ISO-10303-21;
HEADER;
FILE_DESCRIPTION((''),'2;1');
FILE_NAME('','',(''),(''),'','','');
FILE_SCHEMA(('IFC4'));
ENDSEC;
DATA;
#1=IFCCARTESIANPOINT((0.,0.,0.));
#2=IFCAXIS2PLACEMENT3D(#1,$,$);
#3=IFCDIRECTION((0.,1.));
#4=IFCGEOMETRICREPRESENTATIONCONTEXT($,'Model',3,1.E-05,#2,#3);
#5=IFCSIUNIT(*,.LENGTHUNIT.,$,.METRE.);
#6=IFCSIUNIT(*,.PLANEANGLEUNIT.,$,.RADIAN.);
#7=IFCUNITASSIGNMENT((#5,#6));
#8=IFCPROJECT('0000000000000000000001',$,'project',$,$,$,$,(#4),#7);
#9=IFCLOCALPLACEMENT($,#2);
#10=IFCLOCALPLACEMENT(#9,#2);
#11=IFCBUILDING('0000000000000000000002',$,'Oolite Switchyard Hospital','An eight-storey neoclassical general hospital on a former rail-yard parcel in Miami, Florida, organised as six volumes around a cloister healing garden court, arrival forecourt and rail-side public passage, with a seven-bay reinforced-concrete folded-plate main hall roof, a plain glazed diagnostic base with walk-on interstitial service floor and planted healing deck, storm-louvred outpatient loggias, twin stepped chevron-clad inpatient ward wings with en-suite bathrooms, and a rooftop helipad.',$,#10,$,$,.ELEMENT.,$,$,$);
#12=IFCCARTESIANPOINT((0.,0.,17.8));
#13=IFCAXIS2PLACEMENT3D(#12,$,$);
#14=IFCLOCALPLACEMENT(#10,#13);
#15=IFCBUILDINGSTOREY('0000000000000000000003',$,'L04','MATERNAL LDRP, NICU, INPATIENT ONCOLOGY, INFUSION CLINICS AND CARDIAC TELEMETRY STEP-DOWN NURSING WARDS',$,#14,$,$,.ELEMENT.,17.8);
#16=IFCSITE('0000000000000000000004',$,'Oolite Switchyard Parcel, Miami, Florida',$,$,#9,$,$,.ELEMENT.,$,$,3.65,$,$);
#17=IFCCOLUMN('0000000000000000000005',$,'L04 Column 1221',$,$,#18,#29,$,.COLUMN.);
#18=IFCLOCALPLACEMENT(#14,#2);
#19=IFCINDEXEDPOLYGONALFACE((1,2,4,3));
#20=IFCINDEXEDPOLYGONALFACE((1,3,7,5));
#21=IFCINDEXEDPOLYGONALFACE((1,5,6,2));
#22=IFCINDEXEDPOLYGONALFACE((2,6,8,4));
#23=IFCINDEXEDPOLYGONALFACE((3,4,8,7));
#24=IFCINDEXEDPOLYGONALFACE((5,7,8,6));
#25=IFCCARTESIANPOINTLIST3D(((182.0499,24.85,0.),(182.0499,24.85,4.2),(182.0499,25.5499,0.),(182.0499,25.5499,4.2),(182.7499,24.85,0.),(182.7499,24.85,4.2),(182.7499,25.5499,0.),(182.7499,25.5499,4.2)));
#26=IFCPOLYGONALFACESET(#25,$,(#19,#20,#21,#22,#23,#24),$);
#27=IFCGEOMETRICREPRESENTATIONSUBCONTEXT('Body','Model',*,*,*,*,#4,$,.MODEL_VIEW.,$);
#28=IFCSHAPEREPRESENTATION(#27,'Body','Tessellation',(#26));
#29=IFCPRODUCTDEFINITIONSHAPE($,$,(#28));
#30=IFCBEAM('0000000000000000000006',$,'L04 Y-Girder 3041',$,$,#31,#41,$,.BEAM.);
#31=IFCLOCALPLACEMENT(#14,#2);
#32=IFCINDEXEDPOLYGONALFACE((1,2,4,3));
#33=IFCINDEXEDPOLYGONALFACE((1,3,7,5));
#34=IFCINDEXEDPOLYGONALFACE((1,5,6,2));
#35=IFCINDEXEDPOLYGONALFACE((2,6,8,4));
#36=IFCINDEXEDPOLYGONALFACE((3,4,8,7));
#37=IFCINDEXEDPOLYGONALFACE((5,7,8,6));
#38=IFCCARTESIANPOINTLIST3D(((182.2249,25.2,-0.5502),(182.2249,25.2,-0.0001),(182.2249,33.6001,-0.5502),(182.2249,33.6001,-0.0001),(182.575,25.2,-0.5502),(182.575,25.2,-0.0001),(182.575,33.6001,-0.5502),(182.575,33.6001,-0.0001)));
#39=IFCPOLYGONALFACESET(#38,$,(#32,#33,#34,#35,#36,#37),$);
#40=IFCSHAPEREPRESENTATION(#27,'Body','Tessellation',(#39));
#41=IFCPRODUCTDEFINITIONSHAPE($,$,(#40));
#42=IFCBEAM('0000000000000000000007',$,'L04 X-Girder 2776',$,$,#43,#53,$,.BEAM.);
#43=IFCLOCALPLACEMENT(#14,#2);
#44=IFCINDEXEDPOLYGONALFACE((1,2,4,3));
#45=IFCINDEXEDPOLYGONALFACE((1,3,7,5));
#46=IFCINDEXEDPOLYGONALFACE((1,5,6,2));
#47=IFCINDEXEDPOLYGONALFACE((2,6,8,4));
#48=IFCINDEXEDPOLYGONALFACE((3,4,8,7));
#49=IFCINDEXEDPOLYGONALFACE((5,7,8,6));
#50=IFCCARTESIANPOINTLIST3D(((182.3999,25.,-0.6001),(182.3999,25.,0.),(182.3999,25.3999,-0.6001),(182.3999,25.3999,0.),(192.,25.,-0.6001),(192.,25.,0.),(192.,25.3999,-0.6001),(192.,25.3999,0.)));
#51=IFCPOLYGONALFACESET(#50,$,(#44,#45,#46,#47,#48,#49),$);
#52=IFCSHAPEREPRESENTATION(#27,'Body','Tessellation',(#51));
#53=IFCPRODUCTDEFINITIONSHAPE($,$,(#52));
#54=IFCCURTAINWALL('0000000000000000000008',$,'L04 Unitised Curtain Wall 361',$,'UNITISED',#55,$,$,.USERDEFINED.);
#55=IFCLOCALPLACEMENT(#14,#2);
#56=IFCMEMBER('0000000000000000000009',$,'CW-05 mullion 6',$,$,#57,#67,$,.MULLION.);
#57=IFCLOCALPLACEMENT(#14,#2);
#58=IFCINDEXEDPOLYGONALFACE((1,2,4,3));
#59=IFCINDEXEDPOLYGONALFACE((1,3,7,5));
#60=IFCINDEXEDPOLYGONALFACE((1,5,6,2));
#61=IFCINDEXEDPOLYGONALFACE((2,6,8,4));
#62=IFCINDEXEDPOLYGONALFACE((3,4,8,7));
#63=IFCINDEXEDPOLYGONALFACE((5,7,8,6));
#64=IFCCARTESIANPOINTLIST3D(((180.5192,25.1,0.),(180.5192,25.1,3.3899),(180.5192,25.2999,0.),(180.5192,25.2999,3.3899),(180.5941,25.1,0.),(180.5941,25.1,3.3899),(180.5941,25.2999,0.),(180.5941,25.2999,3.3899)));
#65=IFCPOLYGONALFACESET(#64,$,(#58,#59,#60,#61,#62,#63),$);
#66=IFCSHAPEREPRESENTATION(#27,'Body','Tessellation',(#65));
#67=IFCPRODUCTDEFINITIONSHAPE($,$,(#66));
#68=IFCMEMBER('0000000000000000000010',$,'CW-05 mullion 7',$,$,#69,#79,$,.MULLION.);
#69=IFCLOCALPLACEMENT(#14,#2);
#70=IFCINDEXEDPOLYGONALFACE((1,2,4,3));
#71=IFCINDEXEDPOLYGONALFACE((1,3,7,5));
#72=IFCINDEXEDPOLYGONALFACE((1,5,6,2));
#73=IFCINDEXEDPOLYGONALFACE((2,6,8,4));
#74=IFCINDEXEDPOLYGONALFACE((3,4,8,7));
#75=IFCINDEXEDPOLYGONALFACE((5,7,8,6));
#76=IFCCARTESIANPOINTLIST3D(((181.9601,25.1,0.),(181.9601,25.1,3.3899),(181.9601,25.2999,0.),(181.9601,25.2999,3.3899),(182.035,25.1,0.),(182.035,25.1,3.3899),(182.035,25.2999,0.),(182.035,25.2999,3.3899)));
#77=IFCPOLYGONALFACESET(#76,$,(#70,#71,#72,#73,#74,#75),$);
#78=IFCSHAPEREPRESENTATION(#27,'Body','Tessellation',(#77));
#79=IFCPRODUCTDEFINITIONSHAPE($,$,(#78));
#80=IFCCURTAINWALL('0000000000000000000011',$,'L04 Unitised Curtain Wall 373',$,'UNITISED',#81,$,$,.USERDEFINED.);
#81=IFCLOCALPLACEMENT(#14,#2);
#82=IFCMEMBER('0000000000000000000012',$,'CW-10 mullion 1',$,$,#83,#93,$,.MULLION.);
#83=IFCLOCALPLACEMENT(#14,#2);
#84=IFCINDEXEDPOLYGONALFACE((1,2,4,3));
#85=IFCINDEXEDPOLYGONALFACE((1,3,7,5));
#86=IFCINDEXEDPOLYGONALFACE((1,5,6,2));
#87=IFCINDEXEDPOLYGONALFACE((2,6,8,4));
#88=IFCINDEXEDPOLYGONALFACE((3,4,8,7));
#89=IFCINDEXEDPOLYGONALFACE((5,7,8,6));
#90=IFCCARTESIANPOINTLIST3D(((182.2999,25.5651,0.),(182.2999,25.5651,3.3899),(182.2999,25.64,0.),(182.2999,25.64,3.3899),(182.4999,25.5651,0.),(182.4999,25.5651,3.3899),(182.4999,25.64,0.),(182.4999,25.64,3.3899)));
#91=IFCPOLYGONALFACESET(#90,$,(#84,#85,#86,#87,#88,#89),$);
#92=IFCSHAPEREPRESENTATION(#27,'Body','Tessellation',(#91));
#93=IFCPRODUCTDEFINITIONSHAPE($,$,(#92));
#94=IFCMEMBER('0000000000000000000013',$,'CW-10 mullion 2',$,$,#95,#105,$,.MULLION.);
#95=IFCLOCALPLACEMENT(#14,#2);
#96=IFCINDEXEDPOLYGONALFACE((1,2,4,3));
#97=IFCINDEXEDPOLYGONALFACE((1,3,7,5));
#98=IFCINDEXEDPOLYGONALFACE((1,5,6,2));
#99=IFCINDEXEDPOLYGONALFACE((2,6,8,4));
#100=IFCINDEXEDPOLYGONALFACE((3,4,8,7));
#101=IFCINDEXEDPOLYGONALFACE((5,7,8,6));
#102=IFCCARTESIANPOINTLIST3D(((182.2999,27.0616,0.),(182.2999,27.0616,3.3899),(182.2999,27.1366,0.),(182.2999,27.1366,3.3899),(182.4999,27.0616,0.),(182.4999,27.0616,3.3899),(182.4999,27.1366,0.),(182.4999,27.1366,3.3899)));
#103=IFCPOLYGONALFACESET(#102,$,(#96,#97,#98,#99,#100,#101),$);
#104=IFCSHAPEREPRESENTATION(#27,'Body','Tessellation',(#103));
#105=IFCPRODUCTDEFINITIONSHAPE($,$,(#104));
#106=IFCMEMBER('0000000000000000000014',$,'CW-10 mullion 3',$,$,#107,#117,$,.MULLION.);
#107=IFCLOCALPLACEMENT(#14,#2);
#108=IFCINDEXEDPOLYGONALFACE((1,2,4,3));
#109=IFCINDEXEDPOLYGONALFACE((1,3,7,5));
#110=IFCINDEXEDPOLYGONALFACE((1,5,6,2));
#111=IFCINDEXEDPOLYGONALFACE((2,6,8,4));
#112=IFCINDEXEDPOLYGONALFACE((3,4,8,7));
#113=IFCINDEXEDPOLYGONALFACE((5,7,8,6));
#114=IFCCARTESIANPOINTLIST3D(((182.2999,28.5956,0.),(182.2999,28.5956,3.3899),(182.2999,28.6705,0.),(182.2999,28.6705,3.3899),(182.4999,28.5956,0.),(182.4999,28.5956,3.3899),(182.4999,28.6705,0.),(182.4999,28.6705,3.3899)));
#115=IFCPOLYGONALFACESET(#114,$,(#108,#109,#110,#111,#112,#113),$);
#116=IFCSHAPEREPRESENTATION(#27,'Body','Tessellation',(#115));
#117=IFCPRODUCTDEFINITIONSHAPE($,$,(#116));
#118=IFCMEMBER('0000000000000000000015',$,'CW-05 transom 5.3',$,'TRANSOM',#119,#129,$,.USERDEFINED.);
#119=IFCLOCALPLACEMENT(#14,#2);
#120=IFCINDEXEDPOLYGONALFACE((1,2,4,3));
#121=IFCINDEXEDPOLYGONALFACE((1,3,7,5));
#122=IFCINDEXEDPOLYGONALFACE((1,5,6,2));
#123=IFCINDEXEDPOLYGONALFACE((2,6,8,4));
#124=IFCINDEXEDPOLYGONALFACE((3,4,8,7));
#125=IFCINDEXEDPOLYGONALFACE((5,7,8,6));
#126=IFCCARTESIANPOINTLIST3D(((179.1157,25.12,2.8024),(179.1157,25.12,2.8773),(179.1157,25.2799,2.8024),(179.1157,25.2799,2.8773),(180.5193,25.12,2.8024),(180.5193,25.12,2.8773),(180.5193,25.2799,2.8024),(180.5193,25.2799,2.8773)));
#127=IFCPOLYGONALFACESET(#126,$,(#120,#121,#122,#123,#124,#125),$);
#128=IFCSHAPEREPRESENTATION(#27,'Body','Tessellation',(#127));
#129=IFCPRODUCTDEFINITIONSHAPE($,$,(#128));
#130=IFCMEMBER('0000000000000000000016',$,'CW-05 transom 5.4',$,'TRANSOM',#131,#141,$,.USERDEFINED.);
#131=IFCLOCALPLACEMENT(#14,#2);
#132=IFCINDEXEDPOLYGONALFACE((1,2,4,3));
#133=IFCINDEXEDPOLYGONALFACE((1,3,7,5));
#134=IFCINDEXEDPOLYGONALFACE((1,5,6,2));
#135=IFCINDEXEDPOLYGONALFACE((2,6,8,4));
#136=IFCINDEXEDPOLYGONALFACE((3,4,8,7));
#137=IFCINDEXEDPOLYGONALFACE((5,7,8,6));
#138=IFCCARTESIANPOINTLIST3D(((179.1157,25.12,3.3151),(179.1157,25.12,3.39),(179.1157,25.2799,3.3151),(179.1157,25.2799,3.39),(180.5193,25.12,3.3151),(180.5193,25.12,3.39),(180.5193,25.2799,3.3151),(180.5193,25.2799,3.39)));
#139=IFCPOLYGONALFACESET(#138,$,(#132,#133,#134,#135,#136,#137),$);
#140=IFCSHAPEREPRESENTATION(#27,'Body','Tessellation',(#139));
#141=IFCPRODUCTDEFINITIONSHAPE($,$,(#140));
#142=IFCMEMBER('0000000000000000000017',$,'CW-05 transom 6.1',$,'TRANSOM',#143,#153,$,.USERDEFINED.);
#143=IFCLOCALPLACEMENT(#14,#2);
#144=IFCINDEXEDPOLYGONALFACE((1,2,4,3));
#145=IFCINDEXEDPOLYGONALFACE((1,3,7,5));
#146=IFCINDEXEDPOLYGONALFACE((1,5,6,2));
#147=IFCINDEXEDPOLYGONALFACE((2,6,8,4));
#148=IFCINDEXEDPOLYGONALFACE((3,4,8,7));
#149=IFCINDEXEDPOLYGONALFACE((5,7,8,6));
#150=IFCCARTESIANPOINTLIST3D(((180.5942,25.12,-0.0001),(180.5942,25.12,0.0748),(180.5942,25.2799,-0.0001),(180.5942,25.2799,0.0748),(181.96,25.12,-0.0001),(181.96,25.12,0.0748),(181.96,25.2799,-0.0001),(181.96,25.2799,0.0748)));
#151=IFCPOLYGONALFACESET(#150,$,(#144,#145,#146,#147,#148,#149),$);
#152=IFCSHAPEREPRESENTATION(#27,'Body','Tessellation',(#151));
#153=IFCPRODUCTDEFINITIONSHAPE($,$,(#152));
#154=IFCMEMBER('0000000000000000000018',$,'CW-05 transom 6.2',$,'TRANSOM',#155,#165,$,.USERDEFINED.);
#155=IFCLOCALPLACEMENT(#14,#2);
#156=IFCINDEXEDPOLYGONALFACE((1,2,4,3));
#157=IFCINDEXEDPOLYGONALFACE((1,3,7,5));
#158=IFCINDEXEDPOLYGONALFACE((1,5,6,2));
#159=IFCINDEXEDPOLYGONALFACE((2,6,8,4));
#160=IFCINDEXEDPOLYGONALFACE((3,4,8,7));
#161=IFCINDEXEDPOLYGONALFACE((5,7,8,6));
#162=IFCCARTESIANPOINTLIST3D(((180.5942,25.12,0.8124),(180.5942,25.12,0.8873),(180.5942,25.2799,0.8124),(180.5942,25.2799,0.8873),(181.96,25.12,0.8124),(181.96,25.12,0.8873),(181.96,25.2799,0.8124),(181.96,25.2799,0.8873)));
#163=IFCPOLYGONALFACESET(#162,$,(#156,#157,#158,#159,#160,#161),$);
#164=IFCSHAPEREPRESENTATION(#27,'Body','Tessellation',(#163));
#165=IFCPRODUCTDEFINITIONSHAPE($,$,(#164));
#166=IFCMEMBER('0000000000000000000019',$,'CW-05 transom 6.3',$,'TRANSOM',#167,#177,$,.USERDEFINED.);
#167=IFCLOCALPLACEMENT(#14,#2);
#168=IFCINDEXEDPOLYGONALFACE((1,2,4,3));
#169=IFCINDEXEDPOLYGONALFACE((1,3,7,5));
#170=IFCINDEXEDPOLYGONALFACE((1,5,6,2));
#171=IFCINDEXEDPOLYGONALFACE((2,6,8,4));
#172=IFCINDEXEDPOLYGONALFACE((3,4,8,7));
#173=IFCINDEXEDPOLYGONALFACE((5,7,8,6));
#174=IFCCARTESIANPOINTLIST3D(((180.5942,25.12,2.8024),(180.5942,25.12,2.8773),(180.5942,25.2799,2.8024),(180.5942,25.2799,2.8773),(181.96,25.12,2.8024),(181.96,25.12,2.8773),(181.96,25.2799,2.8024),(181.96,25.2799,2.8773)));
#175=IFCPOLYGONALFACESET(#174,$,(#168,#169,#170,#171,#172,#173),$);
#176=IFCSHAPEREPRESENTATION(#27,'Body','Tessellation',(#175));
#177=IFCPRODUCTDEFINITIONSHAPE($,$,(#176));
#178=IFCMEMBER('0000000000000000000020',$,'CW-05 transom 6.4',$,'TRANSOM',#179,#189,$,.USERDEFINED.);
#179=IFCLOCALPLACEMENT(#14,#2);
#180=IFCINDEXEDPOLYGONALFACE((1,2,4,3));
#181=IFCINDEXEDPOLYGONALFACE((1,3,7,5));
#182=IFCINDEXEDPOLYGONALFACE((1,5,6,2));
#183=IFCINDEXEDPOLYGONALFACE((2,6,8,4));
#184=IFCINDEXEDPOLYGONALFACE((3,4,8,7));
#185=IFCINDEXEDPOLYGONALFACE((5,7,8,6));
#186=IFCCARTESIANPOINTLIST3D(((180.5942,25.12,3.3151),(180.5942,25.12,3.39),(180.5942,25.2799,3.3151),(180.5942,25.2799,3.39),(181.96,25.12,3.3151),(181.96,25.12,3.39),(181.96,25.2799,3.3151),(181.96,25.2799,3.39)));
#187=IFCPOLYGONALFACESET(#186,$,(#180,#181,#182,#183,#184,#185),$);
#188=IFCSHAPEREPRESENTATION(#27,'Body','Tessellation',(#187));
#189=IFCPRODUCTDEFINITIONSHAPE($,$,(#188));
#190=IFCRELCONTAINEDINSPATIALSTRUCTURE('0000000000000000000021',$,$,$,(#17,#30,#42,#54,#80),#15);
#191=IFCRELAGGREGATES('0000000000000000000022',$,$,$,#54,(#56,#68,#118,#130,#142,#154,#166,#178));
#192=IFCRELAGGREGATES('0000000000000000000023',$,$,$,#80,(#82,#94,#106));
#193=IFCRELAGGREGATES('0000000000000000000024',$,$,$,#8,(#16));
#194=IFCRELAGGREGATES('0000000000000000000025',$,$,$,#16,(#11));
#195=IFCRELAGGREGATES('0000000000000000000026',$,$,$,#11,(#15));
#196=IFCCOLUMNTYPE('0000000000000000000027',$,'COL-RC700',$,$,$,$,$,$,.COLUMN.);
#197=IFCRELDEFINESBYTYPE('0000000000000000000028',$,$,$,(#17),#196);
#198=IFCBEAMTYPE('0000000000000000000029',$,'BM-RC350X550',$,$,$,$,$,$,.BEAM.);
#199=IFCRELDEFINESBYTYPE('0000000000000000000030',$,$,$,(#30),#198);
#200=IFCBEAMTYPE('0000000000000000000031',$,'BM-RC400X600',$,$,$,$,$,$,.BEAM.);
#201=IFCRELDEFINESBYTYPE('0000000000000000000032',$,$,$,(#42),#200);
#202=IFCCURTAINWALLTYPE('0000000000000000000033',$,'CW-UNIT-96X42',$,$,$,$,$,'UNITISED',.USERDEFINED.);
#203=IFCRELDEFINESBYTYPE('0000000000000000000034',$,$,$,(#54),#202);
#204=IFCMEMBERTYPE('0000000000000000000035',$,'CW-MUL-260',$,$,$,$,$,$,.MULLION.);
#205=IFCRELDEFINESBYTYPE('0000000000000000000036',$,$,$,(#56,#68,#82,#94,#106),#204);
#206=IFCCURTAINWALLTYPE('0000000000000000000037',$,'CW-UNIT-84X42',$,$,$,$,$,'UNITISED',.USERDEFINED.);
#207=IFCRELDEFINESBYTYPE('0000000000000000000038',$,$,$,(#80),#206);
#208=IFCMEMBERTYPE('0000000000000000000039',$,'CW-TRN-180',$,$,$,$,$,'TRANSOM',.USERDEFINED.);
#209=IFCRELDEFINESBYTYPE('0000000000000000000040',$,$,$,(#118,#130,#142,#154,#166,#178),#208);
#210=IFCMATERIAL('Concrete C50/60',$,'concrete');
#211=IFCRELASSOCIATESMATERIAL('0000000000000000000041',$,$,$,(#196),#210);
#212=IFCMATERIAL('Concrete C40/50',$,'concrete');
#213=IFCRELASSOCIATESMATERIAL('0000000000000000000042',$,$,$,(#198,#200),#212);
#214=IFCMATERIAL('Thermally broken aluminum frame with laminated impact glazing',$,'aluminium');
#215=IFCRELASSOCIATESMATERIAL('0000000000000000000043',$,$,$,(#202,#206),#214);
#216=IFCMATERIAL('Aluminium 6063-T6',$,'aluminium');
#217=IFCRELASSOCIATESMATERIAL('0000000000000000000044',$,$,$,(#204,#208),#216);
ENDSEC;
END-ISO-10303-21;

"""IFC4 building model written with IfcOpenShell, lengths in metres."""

from ifc_helpers import new_model, si_unit, direction, frame, origin, origin_2d, place, context, subcontext, project, spatial, rectangle, extrude, material, material_profile, profile_set, type_object, element, aggregate, save


model = new_model("IFC4")

# Units and contexts
model_context = context("Model", 3, precision=1e-05, world=origin(), true_north=direction((0.0, 1.0)))
body_context = subcontext(model_context, "Body", "Model", "MODEL_VIEW")
ifc_project = project(units=[si_unit("LENGTHUNIT", "METRE"), si_unit("PLANEANGLEUNIT", "RADIAN")], contexts=[model_context])

# Site, building, storey
site_placement = place(None, origin())
site = spatial("IfcSite", under=ifc_project, at=site_placement, Name="Oolite Switchyard Parcel, Miami, Florida", CompositionType="ELEMENT", RefElevation=3.65)
building_placement = place(site_placement, origin())
building = spatial("IfcBuilding", under=site, at=building_placement, Name="Oolite Switchyard Hospital", Description="An eight-storey neoclassical general hospital on a former rail-yard parcel in Miami, Florida, organised as six volumes around a cloister healing garden court, arrival forecourt and rail-side public passage, with a seven-bay reinforced-concrete folded-plate main hall roof, a plain glazed diagnostic base with walk-on interstitial service floor and planted healing deck, storm-louvred outpatient loggias, twin stepped chevron-clad inpatient ward wings with en-suite bathrooms, and a rooftop helipad.", CompositionType="ELEMENT")
storey_placement = place(building_placement, frame((0.0, 0.0, 17.8)))
storey = spatial("IfcBuildingStorey", under=building, at=storey_placement, Name="L04", Description="MATERNAL LDRP, NICU, INPATIENT ONCOLOGY, INFUSION CLINICS AND CARDIAC TELEMETRY STEP-DOWN NURSING WARDS", CompositionType="ELEMENT", Elevation=17.8)

# Column
ifc_material_1 = material(Name="Concrete C50/60", Category="concrete")
ifc_material_profile_1 = material_profile(ifc_material_1, rectangle(XDim=0.7, YDim=0.7, at=origin_2d()), Name="RC700X700")
ifc_profile_set_1 = profile_set([ifc_material_profile_1], Name="Concrete C50/60")
column_type = type_object("IfcColumnType", Name="COL-RC700", PredefinedType="COLUMN", material=ifc_profile_set_1)
column_placement = place(storey_placement, frame((182.3999, 25.2, 0.0), z_axis=(0.0, 0.0, 1.0), x_axis=(1.0, 0.0, 0.0)))
element("IfcColumn", 1, at=column_placement, inside=storey, type_object=column_type, Name="L04 Column 1221", PredefinedType="COLUMN", context=body_context, shape_type="SweptSolid", body=[
    extrude(rectangle(XDim=0.7, YDim=0.7, at=origin_2d()), origin(), (0.0, 0.0, 1.0), 4.2),
])

# Beams
ifc_material_2 = material(Name="Concrete C40/50", Category="concrete")
ifc_material_profile_2 = material_profile(ifc_material_2, rectangle(XDim=0.3501, YDim=0.55, at=origin_2d()), Name="RCB350X550")
ifc_profile_set_2 = profile_set([ifc_material_profile_2], Name="Concrete C40/50")
beam_type_1 = type_object("IfcBeamType", Name="BM-RC350X550", PredefinedType="BEAM", material=ifc_profile_set_2)
beam_1_placement = place(storey_placement, frame((182.3999, 25.2, -0.2751), z_axis=(0.0, 1.0, 0.0), x_axis=(-1.0, 0.0, 0.0)))
element("IfcBeam", 2, at=beam_1_placement, inside=storey, type_object=beam_type_1, Name="L04 Y-Girder 3041", PredefinedType="BEAM", context=body_context, shape_type="SweptSolid", body=[
    extrude(rectangle(XDim=0.3501, YDim=0.55, at=origin_2d()), origin(), (0.0, 0.0, 1.0), 8.4001),
])
ifc_material_profile_3 = material_profile(ifc_material_2, rectangle(XDim=0.3999, YDim=0.6001, at=origin_2d()), Name="RCB400X600")
ifc_profile_set_3 = profile_set([ifc_material_profile_3], Name="Concrete C40/50")
beam_type_2 = type_object("IfcBeamType", Name="BM-RC400X600", PredefinedType="BEAM", material=ifc_profile_set_3)
beam_2_placement = place(storey_placement, frame((182.3999, 25.2, -0.3), z_axis=(1.0, 0.0, 0.0), x_axis=(0.0, 1.0, 0.0)))
element("IfcBeam", 3, at=beam_2_placement, inside=storey, type_object=beam_type_2, Name="L04 X-Girder 2776", PredefinedType="BEAM", context=body_context, shape_type="SweptSolid", body=[
    extrude(rectangle(XDim=0.3999, YDim=0.6001, at=origin_2d()), origin(), (0.0, 0.0, 1.0), 9.6001),
])

# Curtain walls, members
ifc_material_3 = material(Name="Thermally broken aluminum frame with laminated impact glazing", Category="aluminium")
curtain_wall_type_1 = type_object("IfcCurtainWallType", Name="CW-UNIT-96X42", ElementType="UNITISED", PredefinedType="USERDEFINED", material=ifc_material_3)
curtain_wall_1_placement = place(storey_placement, origin())
curtain_wall_1 = element("IfcCurtainWall", 4, at=curtain_wall_1_placement, inside=storey, type_object=curtain_wall_type_1, Name="L04 Unitised Curtain Wall 361", ObjectType="UNITISED", PredefinedType="USERDEFINED")
ifc_material_4 = material(Name="Aluminium 6063-T6", Category="aluminium")
ifc_material_profile_4 = material_profile(ifc_material_4, rectangle(XDim=0.2, YDim=0.075, at=origin_2d()), Name="CWM75X200")
ifc_profile_set_4 = profile_set([ifc_material_profile_4], Name="Aluminium 6063-T6")
member_type_1 = type_object("IfcMemberType", Name="CW-MUL-260", PredefinedType="MULLION", material=ifc_profile_set_4)
member_1_placement = place(storey_placement, frame((180.5566, 25.2, 0.0), z_axis=(0.0, 0.0, 1.0), x_axis=(0.0, 1.0, 0.0)))
member_1 = element("IfcMember", 5, at=member_1_placement, type_object=member_type_1, Name="CW-05 mullion 6", PredefinedType="MULLION", context=body_context, shape_type="SweptSolid", body=[
    extrude(rectangle(XDim=0.2, YDim=0.075, at=origin_2d()), origin(), (0.0, 0.0, 1.0), 3.3899),
])
member_2_placement = place(storey_placement, frame((181.9976, 25.2, 0.0), z_axis=(0.0, 0.0, 1.0), x_axis=(0.0, 1.0, 0.0)))
member_2 = element("IfcMember", 6, at=member_2_placement, type_object=member_type_1, Name="CW-05 mullion 7", PredefinedType="MULLION", context=body_context, shape_type="SweptSolid", body=[
    extrude(rectangle(XDim=0.2, YDim=0.075, at=origin_2d()), origin(), (0.0, 0.0, 1.0), 3.3899),
])
curtain_wall_type_2 = type_object("IfcCurtainWallType", Name="CW-UNIT-84X42", ElementType="UNITISED", PredefinedType="USERDEFINED", material=ifc_material_3)
curtain_wall_2_placement = place(storey_placement, origin())
curtain_wall_2 = element("IfcCurtainWall", 7, at=curtain_wall_2_placement, inside=storey, type_object=curtain_wall_type_2, Name="L04 Unitised Curtain Wall 373", ObjectType="UNITISED", PredefinedType="USERDEFINED")
member_3_placement = place(storey_placement, frame((182.3999, 25.6025, 0.0), z_axis=(0.0, 0.0, 1.0), x_axis=(-1.0, 0.0, 0.0)))
member_3 = element("IfcMember", 8, at=member_3_placement, type_object=member_type_1, Name="CW-10 mullion 1", PredefinedType="MULLION", context=body_context, shape_type="SweptSolid", body=[
    extrude(rectangle(XDim=0.2, YDim=0.075, at=origin_2d()), origin(), (0.0, 0.0, 1.0), 3.3899),
])
member_4_placement = place(storey_placement, frame((182.3999, 27.0991, 0.0), z_axis=(0.0, 0.0, 1.0), x_axis=(-1.0, 0.0, 0.0)))
member_4 = element("IfcMember", 9, at=member_4_placement, type_object=member_type_1, Name="CW-10 mullion 2", PredefinedType="MULLION", context=body_context, shape_type="SweptSolid", body=[
    extrude(rectangle(XDim=0.2, YDim=0.075, at=origin_2d()), origin(), (0.0, 0.0, 1.0), 3.3899),
])
member_5_placement = place(storey_placement, frame((182.3999, 28.6331, 0.0), z_axis=(0.0, 0.0, 1.0), x_axis=(-1.0, 0.0, 0.0)))
member_5 = element("IfcMember", 10, at=member_5_placement, type_object=member_type_1, Name="CW-10 mullion 3", PredefinedType="MULLION", context=body_context, shape_type="SweptSolid", body=[
    extrude(rectangle(XDim=0.2, YDim=0.075, at=origin_2d()), origin(), (0.0, 0.0, 1.0), 3.3899),
])

# Members
ifc_material_profile_5 = material_profile(ifc_material_4, rectangle(XDim=0.1599, YDim=0.075, at=origin_2d()), Name="CWT75X160")
ifc_profile_set_5 = profile_set([ifc_material_profile_5], Name="Aluminium 6063-T6")
member_type_2 = type_object("IfcMemberType", Name="CW-TRN-180", ElementType="TRANSOM", PredefinedType="USERDEFINED", material=ifc_profile_set_5)
member_6_placement = place(storey_placement, frame((179.1157, 25.2, 2.8398), z_axis=(1.0, 0.0, 0.0), x_axis=(0.0, 1.0, 0.0)))
member_6 = element("IfcMember", 11, at=member_6_placement, type_object=member_type_2, Name="CW-05 transom 5.3", ObjectType="TRANSOM", PredefinedType="USERDEFINED", context=body_context, shape_type="SweptSolid", body=[
    extrude(rectangle(XDim=0.1599, YDim=0.075, at=origin_2d()), origin(), (0.0, 0.0, 1.0), 1.4036),
])
member_7_placement = place(storey_placement, frame((179.1157, 25.2, 3.3525), z_axis=(1.0, 0.0, 0.0), x_axis=(0.0, 1.0, 0.0)))
member_7 = element("IfcMember", 12, at=member_7_placement, type_object=member_type_2, Name="CW-05 transom 5.4", ObjectType="TRANSOM", PredefinedType="USERDEFINED", context=body_context, shape_type="SweptSolid", body=[
    extrude(rectangle(XDim=0.1599, YDim=0.075, at=origin_2d()), origin(), (0.0, 0.0, 1.0), 1.4036),
])
member_8_placement = place(storey_placement, frame((180.5942, 25.2, 0.0374), z_axis=(1.0, 0.0, 0.0), x_axis=(0.0, 1.0, 0.0)))
member_8 = element("IfcMember", 13, at=member_8_placement, type_object=member_type_2, Name="CW-05 transom 6.1", ObjectType="TRANSOM", PredefinedType="USERDEFINED", context=body_context, shape_type="SweptSolid", body=[
    extrude(rectangle(XDim=0.1599, YDim=0.075, at=origin_2d()), origin(), (0.0, 0.0, 1.0), 1.3657),
])
member_9_placement = place(storey_placement, frame((180.5942, 25.2, 0.8499), z_axis=(1.0, 0.0, 0.0), x_axis=(0.0, 1.0, 0.0)))
member_9 = element("IfcMember", 14, at=member_9_placement, type_object=member_type_2, Name="CW-05 transom 6.2", ObjectType="TRANSOM", PredefinedType="USERDEFINED", context=body_context, shape_type="SweptSolid", body=[
    extrude(rectangle(XDim=0.1599, YDim=0.075, at=origin_2d()), origin(), (0.0, 0.0, 1.0), 1.3657),
])
member_10_placement = place(storey_placement, frame((180.5942, 25.2, 2.8398), z_axis=(1.0, 0.0, 0.0), x_axis=(0.0, 1.0, 0.0)))
member_10 = element("IfcMember", 15, at=member_10_placement, type_object=member_type_2, Name="CW-05 transom 6.3", ObjectType="TRANSOM", PredefinedType="USERDEFINED", context=body_context, shape_type="SweptSolid", body=[
    extrude(rectangle(XDim=0.1599, YDim=0.075, at=origin_2d()), origin(), (0.0, 0.0, 1.0), 1.3657),
])
member_11_placement = place(storey_placement, frame((180.5942, 25.2, 3.3525), z_axis=(1.0, 0.0, 0.0), x_axis=(0.0, 1.0, 0.0)))
member_11 = element("IfcMember", 16, at=member_11_placement, type_object=member_type_2, Name="CW-05 transom 6.4", ObjectType="TRANSOM", PredefinedType="USERDEFINED", context=body_context, shape_type="SweptSolid", body=[
    extrude(rectangle(XDim=0.1599, YDim=0.075, at=origin_2d()), origin(), (0.0, 0.0, 1.0), 1.3657),
])

aggregate(curtain_wall_1, [member_1, member_2, member_6, member_7, member_8, member_9, member_10, member_11])
aggregate(curtain_wall_2, [member_3, member_4, member_5])

save(model, "model.ifc")
